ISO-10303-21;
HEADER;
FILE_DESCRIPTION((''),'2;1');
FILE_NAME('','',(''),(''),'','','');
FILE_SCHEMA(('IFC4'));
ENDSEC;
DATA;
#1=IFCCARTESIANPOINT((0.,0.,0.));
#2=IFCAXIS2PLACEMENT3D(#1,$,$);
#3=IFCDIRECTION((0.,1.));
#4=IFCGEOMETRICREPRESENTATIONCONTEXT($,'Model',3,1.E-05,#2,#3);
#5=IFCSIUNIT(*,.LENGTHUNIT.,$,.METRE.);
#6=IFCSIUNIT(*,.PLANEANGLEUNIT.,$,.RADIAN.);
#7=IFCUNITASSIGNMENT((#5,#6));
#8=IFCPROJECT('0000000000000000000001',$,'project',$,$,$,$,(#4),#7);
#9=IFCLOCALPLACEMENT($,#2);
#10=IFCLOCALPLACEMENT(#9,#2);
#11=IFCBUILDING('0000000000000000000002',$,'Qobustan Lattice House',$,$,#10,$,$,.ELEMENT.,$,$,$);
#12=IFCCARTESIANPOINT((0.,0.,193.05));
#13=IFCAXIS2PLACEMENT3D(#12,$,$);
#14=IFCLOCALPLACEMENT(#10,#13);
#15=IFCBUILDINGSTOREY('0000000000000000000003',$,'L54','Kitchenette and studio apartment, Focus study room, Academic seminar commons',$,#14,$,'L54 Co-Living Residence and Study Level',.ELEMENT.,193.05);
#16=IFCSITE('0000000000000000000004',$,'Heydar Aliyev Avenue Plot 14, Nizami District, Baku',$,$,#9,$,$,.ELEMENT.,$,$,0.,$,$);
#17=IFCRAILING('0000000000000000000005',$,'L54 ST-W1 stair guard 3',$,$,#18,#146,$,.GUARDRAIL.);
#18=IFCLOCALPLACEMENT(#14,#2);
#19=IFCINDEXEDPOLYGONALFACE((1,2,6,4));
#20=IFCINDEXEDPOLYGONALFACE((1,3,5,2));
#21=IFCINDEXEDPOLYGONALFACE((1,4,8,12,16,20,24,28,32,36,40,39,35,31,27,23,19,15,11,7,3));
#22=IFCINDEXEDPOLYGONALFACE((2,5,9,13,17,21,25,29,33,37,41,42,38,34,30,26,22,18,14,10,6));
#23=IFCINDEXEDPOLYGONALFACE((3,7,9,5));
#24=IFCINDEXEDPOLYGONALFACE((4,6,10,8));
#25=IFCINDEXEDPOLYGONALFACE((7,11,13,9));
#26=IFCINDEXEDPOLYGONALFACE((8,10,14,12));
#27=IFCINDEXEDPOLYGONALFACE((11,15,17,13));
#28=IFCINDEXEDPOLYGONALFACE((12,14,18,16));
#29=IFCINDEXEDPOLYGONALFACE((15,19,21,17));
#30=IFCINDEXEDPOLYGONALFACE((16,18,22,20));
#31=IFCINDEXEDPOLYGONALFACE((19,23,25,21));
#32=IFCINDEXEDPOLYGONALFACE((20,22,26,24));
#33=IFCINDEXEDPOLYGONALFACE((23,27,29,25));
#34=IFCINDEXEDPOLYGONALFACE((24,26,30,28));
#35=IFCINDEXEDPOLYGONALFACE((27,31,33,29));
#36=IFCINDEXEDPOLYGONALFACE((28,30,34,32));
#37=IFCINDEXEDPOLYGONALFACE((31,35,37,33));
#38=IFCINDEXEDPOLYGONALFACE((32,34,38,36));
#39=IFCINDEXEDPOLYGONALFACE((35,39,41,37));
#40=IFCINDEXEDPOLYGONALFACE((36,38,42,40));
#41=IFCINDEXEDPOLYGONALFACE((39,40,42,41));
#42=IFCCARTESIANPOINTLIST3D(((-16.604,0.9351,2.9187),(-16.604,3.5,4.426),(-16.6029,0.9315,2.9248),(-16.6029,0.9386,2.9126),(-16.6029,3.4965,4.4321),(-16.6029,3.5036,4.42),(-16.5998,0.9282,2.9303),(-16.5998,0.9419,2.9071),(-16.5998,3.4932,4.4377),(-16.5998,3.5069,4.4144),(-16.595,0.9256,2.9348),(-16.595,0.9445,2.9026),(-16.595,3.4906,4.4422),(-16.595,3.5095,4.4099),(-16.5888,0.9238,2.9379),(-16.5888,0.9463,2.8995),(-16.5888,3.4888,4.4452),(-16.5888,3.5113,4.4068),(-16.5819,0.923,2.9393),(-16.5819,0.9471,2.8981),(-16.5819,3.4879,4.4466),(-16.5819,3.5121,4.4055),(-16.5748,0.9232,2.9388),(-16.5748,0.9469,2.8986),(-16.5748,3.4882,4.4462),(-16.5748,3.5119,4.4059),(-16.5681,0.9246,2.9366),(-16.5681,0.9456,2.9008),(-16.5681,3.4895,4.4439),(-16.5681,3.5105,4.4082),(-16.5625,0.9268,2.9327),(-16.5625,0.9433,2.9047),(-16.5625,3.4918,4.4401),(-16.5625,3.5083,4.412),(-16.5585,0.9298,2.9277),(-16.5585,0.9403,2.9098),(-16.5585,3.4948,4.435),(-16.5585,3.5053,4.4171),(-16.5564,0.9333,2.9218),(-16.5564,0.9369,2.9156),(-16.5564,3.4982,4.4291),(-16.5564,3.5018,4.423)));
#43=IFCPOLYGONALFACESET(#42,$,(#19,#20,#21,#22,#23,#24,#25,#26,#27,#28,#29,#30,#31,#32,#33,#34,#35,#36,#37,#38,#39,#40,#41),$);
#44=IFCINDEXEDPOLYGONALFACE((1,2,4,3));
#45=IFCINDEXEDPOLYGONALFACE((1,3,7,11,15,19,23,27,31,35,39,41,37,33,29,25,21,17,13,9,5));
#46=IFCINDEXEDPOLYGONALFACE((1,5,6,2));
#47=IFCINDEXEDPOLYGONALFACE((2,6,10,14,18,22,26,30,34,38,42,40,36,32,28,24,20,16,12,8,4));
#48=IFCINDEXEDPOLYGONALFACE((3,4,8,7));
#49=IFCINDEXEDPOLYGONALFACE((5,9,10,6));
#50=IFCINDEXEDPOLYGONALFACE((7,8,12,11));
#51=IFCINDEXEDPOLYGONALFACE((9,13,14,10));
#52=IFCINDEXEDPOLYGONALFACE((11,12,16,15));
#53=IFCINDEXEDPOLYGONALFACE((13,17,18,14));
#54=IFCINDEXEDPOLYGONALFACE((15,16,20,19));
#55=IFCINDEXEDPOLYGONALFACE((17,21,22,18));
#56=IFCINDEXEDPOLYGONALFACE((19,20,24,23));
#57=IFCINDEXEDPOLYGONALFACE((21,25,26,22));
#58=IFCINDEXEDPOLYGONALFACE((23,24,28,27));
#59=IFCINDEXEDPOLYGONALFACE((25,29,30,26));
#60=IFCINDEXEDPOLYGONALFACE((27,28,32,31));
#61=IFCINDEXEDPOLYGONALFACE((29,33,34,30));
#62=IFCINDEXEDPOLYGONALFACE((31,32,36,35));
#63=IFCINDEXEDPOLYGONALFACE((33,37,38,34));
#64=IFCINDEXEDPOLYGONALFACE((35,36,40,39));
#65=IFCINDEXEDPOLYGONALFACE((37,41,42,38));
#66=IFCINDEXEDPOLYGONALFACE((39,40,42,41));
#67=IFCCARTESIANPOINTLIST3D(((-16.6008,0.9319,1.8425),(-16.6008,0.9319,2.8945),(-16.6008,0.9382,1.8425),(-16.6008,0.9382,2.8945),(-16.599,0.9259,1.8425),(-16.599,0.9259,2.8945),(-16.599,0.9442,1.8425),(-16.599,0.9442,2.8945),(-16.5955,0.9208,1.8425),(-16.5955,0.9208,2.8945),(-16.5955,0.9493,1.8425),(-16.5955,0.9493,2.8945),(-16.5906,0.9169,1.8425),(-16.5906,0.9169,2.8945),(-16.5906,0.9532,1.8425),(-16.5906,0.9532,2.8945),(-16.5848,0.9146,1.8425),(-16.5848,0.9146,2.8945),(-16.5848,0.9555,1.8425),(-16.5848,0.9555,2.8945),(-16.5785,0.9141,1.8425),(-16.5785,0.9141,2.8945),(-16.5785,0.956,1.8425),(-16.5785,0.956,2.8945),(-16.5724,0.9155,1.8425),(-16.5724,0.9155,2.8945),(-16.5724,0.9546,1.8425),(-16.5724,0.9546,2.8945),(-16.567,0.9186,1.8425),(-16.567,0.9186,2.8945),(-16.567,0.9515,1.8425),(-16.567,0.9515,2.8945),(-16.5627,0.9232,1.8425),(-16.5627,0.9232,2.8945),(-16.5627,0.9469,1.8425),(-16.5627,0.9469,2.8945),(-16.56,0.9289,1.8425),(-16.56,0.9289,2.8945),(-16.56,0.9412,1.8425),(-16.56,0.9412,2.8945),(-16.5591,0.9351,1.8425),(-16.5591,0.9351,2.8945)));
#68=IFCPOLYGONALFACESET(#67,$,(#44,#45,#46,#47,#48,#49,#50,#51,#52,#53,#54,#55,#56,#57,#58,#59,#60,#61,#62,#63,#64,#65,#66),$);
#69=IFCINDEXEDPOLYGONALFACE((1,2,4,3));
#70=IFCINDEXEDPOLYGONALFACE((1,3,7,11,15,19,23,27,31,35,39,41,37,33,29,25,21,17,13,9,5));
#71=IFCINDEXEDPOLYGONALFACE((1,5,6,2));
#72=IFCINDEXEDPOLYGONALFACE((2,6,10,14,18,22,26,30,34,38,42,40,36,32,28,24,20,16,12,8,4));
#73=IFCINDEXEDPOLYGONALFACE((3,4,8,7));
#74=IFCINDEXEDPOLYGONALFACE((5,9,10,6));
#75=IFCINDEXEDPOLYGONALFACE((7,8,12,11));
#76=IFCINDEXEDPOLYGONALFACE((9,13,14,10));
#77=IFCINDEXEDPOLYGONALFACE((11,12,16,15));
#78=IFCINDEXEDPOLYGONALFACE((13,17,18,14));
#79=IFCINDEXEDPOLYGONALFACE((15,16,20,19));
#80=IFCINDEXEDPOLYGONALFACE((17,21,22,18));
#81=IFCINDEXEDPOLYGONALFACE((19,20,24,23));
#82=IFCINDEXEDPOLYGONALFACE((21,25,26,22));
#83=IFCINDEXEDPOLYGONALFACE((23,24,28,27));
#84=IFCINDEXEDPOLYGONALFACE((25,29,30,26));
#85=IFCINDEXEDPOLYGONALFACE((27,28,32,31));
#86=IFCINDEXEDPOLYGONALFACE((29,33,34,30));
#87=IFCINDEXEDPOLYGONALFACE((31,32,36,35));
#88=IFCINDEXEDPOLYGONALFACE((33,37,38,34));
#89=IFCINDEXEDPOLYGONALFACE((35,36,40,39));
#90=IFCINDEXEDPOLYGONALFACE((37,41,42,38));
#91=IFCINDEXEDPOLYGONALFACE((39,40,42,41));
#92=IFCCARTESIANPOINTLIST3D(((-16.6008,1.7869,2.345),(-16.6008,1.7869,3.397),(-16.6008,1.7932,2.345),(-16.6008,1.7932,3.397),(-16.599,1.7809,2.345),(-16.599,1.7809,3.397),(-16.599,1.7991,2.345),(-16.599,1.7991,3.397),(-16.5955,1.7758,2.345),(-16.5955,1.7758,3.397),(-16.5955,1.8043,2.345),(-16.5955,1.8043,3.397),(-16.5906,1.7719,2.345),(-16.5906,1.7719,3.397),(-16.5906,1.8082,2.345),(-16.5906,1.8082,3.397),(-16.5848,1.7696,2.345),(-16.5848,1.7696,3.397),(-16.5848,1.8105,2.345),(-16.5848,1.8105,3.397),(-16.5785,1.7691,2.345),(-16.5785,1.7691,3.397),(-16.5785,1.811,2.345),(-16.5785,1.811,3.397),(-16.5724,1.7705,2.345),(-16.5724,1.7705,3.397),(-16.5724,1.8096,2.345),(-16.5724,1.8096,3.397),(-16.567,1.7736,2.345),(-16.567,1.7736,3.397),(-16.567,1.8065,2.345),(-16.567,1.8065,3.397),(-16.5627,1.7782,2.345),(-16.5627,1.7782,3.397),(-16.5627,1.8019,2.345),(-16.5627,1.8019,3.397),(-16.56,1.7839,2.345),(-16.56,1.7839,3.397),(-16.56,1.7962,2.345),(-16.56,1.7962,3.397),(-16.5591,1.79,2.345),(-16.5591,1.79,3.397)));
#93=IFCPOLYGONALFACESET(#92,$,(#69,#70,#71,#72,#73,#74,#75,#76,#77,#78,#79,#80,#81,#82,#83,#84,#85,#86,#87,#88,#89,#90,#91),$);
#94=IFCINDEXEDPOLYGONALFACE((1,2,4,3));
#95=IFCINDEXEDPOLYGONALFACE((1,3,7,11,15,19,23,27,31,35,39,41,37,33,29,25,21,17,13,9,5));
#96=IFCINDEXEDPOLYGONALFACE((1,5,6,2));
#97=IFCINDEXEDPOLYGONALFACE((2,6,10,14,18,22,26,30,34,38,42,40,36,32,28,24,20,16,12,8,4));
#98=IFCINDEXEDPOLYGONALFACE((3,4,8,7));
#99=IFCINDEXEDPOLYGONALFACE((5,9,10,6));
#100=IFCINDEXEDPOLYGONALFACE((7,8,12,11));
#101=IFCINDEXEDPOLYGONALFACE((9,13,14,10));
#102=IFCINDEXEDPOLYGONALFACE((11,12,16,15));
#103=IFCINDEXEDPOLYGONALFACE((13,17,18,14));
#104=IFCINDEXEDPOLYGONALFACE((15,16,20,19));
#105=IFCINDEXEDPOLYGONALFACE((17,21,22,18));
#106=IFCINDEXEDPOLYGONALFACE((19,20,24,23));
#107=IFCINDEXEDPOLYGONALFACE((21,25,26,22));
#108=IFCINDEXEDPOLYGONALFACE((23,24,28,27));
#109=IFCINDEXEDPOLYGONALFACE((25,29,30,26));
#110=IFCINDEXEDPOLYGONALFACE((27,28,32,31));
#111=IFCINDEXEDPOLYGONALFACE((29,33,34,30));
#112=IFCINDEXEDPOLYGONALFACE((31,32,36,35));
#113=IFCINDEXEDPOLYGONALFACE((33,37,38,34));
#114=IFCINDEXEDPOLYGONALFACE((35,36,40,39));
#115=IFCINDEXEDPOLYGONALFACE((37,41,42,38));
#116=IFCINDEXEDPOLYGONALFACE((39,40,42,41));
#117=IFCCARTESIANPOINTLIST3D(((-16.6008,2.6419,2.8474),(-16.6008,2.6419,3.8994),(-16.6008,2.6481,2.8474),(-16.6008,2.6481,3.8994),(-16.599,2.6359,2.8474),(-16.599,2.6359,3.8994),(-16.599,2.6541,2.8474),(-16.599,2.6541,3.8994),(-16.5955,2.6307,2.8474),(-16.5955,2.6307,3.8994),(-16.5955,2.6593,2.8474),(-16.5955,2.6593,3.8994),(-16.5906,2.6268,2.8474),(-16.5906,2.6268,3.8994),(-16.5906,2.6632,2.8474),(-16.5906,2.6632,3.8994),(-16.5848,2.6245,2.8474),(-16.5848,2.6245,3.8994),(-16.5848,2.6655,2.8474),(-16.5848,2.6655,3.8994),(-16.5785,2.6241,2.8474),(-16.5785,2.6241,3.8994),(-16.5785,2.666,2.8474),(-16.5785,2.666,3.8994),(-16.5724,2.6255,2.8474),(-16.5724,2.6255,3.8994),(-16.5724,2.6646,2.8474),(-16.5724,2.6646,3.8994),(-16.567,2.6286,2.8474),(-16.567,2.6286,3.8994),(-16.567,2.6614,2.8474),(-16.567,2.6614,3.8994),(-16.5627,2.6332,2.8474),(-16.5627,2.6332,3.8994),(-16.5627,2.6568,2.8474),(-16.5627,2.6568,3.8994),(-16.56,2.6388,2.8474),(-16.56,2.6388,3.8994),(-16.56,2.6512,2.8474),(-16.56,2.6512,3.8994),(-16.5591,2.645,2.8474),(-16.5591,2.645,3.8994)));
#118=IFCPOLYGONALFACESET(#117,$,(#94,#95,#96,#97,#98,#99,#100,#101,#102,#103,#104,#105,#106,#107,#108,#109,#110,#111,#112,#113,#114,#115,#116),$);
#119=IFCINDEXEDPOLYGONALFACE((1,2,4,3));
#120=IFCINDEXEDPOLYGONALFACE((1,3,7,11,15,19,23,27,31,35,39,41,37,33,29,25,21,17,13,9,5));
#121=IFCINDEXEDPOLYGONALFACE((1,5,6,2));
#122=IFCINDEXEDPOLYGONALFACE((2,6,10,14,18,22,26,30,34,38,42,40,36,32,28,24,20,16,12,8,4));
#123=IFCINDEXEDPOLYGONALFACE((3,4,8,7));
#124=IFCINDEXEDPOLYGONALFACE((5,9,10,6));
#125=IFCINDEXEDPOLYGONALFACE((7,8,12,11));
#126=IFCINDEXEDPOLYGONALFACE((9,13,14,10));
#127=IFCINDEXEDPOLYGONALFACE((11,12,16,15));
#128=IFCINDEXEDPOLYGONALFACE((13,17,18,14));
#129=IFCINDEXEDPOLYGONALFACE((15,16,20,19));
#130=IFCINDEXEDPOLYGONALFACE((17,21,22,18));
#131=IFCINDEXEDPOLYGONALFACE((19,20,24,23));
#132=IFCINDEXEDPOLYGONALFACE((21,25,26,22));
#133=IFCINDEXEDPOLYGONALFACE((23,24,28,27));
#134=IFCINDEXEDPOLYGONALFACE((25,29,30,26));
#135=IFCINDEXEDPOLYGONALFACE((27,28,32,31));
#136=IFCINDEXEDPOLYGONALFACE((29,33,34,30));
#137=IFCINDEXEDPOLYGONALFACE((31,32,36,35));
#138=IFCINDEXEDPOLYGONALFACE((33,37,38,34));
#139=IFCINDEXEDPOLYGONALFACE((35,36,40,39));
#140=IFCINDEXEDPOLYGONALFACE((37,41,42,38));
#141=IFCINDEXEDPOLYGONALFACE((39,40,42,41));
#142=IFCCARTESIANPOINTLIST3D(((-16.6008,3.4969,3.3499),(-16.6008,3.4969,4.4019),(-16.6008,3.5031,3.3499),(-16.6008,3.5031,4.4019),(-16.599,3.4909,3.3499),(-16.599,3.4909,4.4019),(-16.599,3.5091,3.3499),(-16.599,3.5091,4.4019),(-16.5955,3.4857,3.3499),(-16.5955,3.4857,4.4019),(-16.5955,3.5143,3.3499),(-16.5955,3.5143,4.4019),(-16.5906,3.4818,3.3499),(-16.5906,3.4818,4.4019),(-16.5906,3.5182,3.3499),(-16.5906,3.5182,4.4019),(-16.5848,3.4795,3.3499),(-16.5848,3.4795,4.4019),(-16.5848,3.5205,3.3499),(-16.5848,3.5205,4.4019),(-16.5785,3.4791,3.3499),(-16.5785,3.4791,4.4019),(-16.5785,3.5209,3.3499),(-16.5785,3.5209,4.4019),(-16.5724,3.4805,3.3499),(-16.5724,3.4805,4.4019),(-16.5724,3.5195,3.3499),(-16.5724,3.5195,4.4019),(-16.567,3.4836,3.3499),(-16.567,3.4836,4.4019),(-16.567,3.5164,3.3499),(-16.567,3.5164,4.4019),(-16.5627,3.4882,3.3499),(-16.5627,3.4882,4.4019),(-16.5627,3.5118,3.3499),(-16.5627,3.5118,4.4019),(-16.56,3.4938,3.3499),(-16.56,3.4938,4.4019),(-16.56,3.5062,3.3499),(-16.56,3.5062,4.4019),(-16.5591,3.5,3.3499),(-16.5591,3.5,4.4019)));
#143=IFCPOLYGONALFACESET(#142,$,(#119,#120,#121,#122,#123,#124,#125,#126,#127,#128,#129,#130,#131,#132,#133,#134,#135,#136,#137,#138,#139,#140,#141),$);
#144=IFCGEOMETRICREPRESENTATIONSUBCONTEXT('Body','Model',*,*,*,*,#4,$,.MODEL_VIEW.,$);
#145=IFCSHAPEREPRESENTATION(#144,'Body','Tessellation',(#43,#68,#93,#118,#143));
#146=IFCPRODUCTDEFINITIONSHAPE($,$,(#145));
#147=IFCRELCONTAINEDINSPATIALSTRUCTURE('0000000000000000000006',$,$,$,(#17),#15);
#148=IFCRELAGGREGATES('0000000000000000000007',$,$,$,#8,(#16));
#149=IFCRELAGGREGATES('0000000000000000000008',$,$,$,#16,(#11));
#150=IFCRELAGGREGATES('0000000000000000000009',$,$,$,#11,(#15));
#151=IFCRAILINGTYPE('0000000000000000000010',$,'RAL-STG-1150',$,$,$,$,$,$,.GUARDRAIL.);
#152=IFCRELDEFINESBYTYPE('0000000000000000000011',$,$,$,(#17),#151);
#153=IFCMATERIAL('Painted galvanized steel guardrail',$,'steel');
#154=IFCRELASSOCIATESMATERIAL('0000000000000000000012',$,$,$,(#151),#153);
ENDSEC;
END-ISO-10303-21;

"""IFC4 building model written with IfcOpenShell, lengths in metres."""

from ifc_helpers import new_model, si_unit, direction, frame, origin, origin_2d, place, context, subcontext, project, spatial, circle, extrude, material, type_object, element, save


model = new_model("IFC4")

# Units and contexts
model_context = context("Model", 3, precision=1e-05, world=origin(), true_north=direction((0.0, 1.0)))
body_context = subcontext(model_context, "Body", "Model", "MODEL_VIEW")
ifc_project = project(units=[si_unit("LENGTHUNIT", "METRE"), si_unit("PLANEANGLEUNIT", "RADIAN")], contexts=[model_context])

# Site, building, storey
site_placement = place(None, origin())
site = spatial("IfcSite", under=ifc_project, at=site_placement, Name="Heydar Aliyev Avenue Plot 14, Nizami District, Baku", CompositionType="ELEMENT", RefElevation=0.0)
building_placement = place(site_placement, origin())
building = spatial("IfcBuilding", under=site, at=building_placement, Name="Qobustan Lattice House", CompositionType="ELEMENT")
storey_placement = place(building_placement, frame((0.0, 0.0, 193.05)))
storey = spatial("IfcBuildingStorey", under=building, at=storey_placement, Name="L54", Description="Kitchenette and studio apartment, Focus study room, Academic seminar commons", LongName="L54 Co-Living Residence and Study Level", CompositionType="ELEMENT", Elevation=193.05)

# Railing
ifc_material_1 = material(Name="Painted galvanized steel guardrail", Category="steel")
railing_type = type_object("IfcRailingType", Name="RAL-STG-1150", PredefinedType="GUARDRAIL", material=ifc_material_1)
railing_1_placement = place(storey_placement, frame((-16.5801, 0.9351, 1.8425)))
element("IfcRailing", 1, at=railing_1_placement, inside=storey, type_object=railing_type, Name="L54 ST-W1 stair guard 3", PredefinedType="GUARDRAIL", context=body_context, shape_type="SweptSolid", body=[
    extrude(circle(Radius=0.0239, at=origin_2d()), frame((0.0, 0.0, 1.0762), z_axis=(0.0, 0.862149, 0.506654), x_axis=(-1.0, 0.0, 0.0)), (0.0, 0.0, 1.0), 2.9751),
    extrude(circle(Radius=0.021, at=origin_2d()), origin(), (0.0, 0.0, 1.0), 1.052),
    extrude(circle(Radius=0.021, at=origin_2d()), frame((0.0, 0.855, 0.5024)), (0.0, 0.0, 1.0), 1.052),
    extrude(circle(Radius=0.021, at=origin_2d()), frame((0.0, 1.71, 1.0049)), (0.0, 0.0, 1.0), 1.052),
    extrude(circle(Radius=0.021, at=origin_2d()), frame((0.0, 2.5649, 1.5073)), (0.0, 0.0, 1.0), 1.052),
])

save(model, "model.ifc")
